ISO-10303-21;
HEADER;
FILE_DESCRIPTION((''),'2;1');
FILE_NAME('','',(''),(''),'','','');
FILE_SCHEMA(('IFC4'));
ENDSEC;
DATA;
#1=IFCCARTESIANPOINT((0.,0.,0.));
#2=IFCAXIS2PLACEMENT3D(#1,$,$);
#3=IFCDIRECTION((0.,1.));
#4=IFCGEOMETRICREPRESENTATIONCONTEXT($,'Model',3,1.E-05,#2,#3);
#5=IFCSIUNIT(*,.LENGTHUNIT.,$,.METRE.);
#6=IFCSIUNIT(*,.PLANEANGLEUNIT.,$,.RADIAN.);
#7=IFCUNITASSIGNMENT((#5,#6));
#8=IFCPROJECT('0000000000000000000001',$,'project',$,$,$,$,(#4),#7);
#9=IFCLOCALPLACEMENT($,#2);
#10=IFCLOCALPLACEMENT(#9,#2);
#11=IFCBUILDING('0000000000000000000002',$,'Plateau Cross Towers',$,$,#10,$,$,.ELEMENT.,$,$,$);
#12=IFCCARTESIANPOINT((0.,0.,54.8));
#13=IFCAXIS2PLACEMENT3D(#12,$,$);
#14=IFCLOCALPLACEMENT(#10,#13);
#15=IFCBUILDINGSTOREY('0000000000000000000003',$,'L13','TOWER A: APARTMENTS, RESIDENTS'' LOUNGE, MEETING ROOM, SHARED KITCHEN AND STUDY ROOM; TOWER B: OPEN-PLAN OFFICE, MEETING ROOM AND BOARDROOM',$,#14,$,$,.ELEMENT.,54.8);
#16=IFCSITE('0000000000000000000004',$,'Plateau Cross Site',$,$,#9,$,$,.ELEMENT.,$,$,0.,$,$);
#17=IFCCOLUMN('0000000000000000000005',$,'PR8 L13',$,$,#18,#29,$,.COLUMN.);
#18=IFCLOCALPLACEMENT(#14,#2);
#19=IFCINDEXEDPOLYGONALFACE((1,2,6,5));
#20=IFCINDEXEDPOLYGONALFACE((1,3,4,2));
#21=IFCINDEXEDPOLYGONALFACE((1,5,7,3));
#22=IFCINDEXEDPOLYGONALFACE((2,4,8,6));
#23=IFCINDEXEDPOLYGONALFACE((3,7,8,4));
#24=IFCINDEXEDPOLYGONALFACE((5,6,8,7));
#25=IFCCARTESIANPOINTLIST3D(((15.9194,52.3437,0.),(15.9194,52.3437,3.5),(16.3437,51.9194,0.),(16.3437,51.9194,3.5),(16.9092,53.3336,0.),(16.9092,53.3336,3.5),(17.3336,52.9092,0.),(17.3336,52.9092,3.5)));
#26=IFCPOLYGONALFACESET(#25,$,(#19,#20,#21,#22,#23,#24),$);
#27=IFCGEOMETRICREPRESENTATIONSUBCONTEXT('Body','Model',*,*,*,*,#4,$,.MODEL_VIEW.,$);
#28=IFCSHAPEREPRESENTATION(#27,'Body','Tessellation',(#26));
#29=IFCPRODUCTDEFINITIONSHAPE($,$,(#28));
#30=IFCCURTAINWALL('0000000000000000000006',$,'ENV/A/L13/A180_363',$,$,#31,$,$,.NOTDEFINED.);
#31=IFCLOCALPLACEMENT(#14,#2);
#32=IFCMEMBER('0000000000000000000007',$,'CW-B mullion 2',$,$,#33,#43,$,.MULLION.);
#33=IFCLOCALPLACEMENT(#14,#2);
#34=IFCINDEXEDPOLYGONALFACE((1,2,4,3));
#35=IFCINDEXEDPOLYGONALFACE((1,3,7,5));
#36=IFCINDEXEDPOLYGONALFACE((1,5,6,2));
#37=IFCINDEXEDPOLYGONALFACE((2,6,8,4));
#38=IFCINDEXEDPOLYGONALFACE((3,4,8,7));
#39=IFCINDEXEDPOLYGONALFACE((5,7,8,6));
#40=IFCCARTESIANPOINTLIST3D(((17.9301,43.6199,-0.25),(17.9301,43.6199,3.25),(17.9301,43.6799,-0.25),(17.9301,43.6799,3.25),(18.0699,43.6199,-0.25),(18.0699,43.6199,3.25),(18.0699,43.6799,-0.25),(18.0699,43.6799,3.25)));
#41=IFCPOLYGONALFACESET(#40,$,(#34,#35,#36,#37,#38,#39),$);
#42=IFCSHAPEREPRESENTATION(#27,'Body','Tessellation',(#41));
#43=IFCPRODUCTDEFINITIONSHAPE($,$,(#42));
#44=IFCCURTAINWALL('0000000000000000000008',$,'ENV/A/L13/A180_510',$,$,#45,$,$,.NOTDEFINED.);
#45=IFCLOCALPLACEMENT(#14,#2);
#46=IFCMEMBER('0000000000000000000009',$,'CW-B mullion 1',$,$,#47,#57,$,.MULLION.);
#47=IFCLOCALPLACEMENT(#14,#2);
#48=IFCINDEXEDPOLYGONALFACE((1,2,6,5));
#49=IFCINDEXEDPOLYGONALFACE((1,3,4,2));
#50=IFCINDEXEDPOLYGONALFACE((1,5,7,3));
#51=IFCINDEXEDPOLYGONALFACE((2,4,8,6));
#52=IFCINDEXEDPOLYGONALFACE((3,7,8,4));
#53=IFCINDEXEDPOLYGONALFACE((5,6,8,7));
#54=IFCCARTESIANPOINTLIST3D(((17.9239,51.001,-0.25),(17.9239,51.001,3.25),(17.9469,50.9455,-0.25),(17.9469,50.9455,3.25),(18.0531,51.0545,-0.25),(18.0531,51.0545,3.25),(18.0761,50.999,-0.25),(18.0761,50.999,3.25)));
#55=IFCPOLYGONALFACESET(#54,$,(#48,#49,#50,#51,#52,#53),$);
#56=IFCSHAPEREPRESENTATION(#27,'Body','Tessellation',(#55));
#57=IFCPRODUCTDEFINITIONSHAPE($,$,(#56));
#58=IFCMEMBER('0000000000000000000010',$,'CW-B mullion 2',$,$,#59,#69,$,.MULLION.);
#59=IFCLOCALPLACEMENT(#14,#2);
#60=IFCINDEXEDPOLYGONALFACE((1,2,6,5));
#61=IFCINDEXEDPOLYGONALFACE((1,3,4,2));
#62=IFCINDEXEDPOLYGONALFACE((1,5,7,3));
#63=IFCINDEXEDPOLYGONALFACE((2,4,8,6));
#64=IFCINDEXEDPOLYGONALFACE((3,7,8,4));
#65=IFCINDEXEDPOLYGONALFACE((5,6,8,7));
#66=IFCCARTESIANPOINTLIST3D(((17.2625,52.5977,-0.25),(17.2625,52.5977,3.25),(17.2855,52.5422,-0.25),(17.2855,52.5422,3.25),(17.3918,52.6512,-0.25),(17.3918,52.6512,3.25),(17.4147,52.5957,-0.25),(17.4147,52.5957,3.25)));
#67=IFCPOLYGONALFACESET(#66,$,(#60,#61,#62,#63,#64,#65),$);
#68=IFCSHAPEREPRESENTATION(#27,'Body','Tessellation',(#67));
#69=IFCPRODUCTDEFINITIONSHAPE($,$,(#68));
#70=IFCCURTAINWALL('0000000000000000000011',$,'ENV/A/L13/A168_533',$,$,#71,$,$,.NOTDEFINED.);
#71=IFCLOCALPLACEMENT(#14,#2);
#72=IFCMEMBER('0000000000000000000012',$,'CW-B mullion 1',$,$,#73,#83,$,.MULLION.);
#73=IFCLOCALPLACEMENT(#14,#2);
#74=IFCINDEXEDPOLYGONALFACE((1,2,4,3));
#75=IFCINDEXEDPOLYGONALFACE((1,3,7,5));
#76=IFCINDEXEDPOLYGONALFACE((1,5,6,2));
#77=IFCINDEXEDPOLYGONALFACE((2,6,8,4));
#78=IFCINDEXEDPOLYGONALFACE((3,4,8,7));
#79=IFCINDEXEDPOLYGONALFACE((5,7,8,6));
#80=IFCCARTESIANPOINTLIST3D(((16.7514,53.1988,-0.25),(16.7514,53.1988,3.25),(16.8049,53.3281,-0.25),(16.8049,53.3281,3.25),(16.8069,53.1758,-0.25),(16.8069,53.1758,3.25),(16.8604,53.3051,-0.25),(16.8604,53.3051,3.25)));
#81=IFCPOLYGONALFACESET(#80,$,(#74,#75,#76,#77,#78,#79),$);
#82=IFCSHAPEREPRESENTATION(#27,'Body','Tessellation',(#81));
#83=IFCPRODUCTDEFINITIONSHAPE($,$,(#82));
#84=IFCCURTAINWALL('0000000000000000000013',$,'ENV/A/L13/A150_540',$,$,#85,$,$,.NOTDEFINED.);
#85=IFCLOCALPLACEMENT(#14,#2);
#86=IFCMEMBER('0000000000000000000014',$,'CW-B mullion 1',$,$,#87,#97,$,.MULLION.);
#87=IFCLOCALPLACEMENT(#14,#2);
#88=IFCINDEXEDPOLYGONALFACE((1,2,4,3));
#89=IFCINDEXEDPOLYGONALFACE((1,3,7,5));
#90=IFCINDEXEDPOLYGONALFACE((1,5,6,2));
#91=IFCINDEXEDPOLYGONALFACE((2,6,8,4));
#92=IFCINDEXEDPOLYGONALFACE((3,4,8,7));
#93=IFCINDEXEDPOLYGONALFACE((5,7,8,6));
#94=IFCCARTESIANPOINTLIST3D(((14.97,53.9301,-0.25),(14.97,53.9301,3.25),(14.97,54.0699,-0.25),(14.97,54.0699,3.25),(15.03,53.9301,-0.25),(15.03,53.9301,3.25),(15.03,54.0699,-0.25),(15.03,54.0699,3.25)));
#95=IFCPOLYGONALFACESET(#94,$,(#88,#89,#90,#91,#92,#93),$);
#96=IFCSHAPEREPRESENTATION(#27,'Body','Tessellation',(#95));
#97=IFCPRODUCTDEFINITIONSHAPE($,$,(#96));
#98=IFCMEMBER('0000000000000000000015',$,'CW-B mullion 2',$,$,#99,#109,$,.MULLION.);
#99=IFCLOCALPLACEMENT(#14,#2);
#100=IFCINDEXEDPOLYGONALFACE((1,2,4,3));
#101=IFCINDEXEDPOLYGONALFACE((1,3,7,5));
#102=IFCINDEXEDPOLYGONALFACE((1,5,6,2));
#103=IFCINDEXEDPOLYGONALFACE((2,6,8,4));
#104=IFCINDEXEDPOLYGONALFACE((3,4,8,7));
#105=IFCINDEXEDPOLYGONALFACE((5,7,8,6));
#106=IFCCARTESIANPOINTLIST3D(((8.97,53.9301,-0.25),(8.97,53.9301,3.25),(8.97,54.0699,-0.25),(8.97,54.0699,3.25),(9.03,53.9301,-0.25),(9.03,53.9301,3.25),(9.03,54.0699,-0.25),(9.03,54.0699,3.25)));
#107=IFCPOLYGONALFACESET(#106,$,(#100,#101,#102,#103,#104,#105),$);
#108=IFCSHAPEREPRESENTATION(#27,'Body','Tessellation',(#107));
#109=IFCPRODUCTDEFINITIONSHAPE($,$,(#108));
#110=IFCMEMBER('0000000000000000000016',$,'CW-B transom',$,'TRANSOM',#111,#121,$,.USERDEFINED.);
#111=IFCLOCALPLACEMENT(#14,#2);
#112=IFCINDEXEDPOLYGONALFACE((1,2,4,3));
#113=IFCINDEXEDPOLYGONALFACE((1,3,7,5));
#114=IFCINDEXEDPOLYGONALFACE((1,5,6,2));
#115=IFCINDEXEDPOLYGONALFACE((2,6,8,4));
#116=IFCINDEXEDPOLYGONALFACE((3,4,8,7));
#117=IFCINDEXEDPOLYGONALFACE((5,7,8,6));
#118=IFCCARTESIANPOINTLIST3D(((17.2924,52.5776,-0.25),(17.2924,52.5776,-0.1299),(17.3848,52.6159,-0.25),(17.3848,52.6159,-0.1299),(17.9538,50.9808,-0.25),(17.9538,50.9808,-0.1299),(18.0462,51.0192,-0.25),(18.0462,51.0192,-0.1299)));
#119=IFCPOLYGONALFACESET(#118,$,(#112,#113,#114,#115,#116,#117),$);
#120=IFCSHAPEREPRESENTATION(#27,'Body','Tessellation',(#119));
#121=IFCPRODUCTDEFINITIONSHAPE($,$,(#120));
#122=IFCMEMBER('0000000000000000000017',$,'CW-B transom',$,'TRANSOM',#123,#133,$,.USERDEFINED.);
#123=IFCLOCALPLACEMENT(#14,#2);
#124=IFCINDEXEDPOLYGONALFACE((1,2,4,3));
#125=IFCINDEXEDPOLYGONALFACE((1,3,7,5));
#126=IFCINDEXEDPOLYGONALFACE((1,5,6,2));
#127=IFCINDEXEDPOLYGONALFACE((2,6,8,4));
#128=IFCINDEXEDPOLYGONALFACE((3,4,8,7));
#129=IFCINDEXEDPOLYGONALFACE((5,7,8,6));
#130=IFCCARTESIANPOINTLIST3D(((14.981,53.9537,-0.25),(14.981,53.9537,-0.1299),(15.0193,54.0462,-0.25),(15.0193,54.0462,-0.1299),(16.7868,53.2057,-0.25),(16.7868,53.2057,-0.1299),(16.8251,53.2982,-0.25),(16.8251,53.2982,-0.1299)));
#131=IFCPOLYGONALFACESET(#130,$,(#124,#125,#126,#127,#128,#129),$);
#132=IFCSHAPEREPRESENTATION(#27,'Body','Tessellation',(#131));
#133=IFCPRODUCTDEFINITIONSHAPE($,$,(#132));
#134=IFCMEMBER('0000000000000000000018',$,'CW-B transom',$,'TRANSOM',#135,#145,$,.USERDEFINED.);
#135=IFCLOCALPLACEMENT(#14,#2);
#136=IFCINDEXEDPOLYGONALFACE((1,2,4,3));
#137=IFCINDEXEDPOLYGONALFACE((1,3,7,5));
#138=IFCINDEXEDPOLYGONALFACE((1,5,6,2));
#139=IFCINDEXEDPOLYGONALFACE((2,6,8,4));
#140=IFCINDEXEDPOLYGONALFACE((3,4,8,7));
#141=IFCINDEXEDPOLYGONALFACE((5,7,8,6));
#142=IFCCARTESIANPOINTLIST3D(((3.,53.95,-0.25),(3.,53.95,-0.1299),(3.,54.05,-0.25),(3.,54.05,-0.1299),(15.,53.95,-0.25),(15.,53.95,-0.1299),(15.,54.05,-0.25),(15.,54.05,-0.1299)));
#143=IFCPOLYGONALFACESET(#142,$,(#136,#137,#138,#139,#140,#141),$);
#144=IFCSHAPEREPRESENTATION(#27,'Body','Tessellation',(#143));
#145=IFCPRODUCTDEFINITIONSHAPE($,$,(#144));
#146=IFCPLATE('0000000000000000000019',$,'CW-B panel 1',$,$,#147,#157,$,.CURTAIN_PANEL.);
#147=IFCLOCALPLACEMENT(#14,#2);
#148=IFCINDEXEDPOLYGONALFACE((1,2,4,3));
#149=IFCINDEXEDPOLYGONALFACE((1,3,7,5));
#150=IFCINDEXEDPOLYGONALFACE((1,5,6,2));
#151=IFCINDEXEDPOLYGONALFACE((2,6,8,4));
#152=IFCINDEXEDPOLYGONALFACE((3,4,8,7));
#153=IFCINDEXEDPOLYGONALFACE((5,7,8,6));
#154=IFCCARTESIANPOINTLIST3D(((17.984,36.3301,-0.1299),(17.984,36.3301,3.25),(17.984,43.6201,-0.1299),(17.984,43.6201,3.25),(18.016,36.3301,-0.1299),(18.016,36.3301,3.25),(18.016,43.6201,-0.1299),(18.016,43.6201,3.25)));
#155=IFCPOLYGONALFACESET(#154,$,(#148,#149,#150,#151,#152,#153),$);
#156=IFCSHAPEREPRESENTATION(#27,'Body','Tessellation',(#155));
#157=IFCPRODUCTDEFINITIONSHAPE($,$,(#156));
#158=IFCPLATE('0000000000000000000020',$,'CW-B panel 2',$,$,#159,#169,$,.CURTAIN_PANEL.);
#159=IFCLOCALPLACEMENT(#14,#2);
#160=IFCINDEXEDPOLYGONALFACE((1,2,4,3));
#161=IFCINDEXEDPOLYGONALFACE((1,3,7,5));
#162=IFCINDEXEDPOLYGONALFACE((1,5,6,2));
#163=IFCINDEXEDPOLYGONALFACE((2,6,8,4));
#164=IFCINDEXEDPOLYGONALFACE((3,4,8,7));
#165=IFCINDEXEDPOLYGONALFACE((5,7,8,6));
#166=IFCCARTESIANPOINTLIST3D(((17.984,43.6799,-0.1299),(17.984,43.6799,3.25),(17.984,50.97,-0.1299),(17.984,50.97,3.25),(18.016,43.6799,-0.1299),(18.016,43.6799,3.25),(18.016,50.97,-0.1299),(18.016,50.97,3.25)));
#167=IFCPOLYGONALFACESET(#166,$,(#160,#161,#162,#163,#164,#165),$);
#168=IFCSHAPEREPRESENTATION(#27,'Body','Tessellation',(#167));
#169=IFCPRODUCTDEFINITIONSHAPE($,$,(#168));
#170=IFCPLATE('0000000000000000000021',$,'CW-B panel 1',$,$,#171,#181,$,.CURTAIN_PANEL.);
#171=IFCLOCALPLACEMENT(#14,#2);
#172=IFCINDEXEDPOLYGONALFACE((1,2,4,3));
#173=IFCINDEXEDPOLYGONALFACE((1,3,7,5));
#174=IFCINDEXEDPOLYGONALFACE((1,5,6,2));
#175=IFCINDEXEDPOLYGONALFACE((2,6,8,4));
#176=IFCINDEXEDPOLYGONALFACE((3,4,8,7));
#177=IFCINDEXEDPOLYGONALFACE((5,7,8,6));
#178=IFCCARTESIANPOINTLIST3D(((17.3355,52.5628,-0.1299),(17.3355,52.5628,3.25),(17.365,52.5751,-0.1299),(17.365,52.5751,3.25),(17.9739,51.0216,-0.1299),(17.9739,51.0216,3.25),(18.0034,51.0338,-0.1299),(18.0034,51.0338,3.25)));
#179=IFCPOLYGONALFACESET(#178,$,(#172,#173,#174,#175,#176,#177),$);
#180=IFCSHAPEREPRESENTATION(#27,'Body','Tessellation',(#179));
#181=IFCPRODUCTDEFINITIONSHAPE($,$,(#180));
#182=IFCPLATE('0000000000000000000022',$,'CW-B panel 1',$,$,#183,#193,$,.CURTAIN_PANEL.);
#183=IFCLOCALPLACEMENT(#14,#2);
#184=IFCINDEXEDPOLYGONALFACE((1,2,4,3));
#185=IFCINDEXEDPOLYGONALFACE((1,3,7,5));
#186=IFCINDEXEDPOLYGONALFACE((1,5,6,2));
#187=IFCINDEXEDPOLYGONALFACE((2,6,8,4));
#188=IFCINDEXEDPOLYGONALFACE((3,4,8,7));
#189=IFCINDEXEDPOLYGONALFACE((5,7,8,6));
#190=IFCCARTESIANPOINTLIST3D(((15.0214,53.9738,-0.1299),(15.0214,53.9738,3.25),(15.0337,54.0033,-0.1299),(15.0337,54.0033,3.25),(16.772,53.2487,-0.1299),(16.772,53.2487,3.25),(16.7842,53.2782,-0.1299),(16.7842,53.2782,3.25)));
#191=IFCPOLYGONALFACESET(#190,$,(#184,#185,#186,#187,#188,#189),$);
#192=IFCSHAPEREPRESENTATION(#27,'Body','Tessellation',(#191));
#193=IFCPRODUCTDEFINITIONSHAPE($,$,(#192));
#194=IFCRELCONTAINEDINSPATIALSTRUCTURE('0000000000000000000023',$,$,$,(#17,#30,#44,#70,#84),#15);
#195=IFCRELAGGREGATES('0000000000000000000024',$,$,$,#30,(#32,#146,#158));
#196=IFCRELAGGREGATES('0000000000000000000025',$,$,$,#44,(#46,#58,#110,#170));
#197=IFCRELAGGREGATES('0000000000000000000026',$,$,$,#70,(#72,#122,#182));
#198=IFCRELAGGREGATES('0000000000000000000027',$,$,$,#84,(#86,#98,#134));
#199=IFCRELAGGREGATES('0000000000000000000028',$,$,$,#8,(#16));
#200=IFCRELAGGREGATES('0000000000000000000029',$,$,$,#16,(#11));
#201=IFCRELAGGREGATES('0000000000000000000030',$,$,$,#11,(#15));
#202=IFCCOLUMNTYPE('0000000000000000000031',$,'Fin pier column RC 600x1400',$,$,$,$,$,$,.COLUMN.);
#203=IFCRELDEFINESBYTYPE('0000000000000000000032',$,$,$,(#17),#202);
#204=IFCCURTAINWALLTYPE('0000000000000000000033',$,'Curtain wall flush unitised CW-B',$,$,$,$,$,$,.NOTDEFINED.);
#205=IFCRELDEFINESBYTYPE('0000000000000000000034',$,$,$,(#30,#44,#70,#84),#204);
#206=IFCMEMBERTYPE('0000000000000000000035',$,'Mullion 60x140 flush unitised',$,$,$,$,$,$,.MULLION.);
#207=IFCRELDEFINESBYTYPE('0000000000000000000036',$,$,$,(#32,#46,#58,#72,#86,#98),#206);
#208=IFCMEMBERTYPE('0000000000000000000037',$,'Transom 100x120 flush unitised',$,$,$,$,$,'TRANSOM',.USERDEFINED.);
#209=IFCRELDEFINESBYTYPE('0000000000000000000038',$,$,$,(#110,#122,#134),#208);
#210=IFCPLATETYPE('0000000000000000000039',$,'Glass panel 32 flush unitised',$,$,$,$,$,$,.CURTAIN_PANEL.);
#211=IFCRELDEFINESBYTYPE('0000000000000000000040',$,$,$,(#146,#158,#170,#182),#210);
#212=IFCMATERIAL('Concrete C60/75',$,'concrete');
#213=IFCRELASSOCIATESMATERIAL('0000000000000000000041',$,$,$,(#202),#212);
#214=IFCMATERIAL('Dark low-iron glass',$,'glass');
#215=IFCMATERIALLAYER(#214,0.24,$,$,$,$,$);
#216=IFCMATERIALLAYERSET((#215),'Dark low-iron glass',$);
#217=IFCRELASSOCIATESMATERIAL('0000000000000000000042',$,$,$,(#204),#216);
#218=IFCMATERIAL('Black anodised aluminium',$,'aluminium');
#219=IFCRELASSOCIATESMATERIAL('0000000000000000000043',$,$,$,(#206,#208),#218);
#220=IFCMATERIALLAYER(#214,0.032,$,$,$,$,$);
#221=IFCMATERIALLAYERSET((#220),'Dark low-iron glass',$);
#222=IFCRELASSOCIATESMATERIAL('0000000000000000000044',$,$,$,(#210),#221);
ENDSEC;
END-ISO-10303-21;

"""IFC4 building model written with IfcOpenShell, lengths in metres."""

from ifc_helpers import new_model, si_unit, direction, frame, origin, origin_2d, place, context, subcontext, project, spatial, rectangle, extrude, material, layer, layer_set, material_profile, profile_set, type_object, element, aggregate, save


model = new_model("IFC4")

# Units and contexts
model_context = context("Model", 3, precision=1e-05, world=origin(), true_north=direction((0.0, 1.0)))
body_context = subcontext(model_context, "Body", "Model", "MODEL_VIEW")
ifc_project = project(units=[si_unit("LENGTHUNIT", "METRE"), si_unit("PLANEANGLEUNIT", "RADIAN")], contexts=[model_context])

# Site, building, storey
site_placement = place(None, origin())
site = spatial("IfcSite", under=ifc_project, at=site_placement, Name="Plateau Cross Site", CompositionType="ELEMENT", RefElevation=0.0)
building_placement = place(site_placement, origin())
building = spatial("IfcBuilding", under=site, at=building_placement, Name="Plateau Cross Towers", CompositionType="ELEMENT")
storey_placement = place(building_placement, frame((0.0, 0.0, 54.8)))
storey = spatial("IfcBuildingStorey", under=building, at=storey_placement, Name="L13", Description="TOWER A: APARTMENTS, RESIDENTS' LOUNGE, MEETING ROOM, SHARED KITCHEN AND STUDY ROOM; TOWER B: OPEN-PLAN OFFICE, MEETING ROOM AND BOARDROOM", CompositionType="ELEMENT", Elevation=54.8)

# Column
ifc_material_1 = material(Name="Concrete C60/75", Category="concrete")
ifc_material_profile_1 = material_profile(ifc_material_1, rectangle(XDim=0.6001, YDim=1.3999, at=origin_2d()), Name="RC 600x1400")
ifc_profile_set_1 = profile_set([ifc_material_profile_1], Name="Concrete C60/75")
column_type = type_object("IfcColumnType", Name="Fin pier column RC 600x1400", PredefinedType="COLUMN", material=ifc_profile_set_1)
column_placement = place(storey_placement, frame((16.6265, 52.6265, 0.0), z_axis=(0.0, 0.0, 1.0), x_axis=(-0.707107, 0.707107, 0.0)))
element("IfcColumn", 1, at=column_placement, inside=storey, type_object=column_type, Name="PR8 L13", PredefinedType="COLUMN", context=body_context, shape_type="SweptSolid", body=[
    extrude(rectangle(XDim=0.6001, YDim=1.3999, at=origin_2d()), origin(), (0.0, 0.0, 1.0), 3.5),
])

# Curtain wall, member
ifc_material_2 = material(Name="Dark low-iron glass", Category="glass")
ifc_layer_1 = layer(ifc_material_2, 0.24)
ifc_layer_set_1 = layer_set([ifc_layer_1], Name="Dark low-iron glass")
curtain_wall_type = type_object("IfcCurtainWallType", Name="Curtain wall flush unitised CW-B", PredefinedType="NOTDEFINED", material=ifc_layer_set_1)
curtain_wall_1_placement = place(storey_placement, origin())
curtain_wall_1 = element("IfcCurtainWall", 2, at=curtain_wall_1_placement, inside=storey, type_object=curtain_wall_type, Name="ENV/A/L13/A180_363", PredefinedType="NOTDEFINED")
ifc_material_3 = material(Name="Black anodised aluminium", Category="aluminium")
ifc_material_profile_2 = material_profile(ifc_material_3, rectangle(XDim=0.0601, YDim=0.1399, at=origin_2d()), Name="MULLION 60x140")
ifc_profile_set_2 = profile_set([ifc_material_profile_2], Name="Black anodised aluminium")
member_type_1 = type_object("IfcMemberType", Name="Mullion 60x140 flush unitised", PredefinedType="MULLION", material=ifc_profile_set_2)
member_1_placement = place(storey_placement, frame((18.0, 43.6499, -0.25), z_axis=(0.0, 0.0, 1.0), x_axis=(0.0, 1.0, 0.0)))
member_1 = element("IfcMember", 3, at=member_1_placement, type_object=member_type_1, Name="CW-B mullion 2", PredefinedType="MULLION", context=body_context, shape_type="SweptSolid", body=[
    extrude(rectangle(XDim=0.0601, YDim=0.1399, at=origin_2d()), origin(), (0.0, 0.0, 1.0), 3.5),
])

# Curtain wall, members
curtain_wall_2_placement = place(storey_placement, origin())
curtain_wall_2 = element("IfcCurtainWall", 4, at=curtain_wall_2_placement, inside=storey, type_object=curtain_wall_type, Name="ENV/A/L13/A180_510", PredefinedType="NOTDEFINED")
member_2_placement = place(storey_placement, frame((18.0, 51.0, -0.25), z_axis=(0.0, 0.0, 1.0), x_axis=(-0.382684, 0.923879, 0.0)))
member_2 = element("IfcMember", 5, at=member_2_placement, type_object=member_type_1, Name="CW-B mullion 1", PredefinedType="MULLION", context=body_context, shape_type="SweptSolid", body=[
    extrude(rectangle(XDim=0.0601, YDim=0.1399, at=origin_2d()), origin(), (0.0, 0.0, 1.0), 3.5),
])
member_3_placement = place(storey_placement, frame((17.3386, 52.5967, -0.25), z_axis=(0.0, 0.0, 1.0), x_axis=(-0.382684, 0.923879, 0.0)))
member_3 = element("IfcMember", 6, at=member_3_placement, type_object=member_type_1, Name="CW-B mullion 2", PredefinedType="MULLION", context=body_context, shape_type="SweptSolid", body=[
    extrude(rectangle(XDim=0.0601, YDim=0.1399, at=origin_2d()), origin(), (0.0, 0.0, 1.0), 3.5),
])

# Curtain wall, member
curtain_wall_3_placement = place(storey_placement, origin())
curtain_wall_3 = element("IfcCurtainWall", 7, at=curtain_wall_3_placement, inside=storey, type_object=curtain_wall_type, Name="ENV/A/L13/A168_533", PredefinedType="NOTDEFINED")
member_4_placement = place(storey_placement, frame((16.8059, 53.252, -0.25), z_axis=(0.0, 0.0, 1.0), x_axis=(-0.923879, 0.382684, 0.0)))
member_4 = element("IfcMember", 8, at=member_4_placement, type_object=member_type_1, Name="CW-B mullion 1", PredefinedType="MULLION", context=body_context, shape_type="SweptSolid", body=[
    extrude(rectangle(XDim=0.0601, YDim=0.1399, at=origin_2d()), origin(), (0.0, 0.0, 1.0), 3.5),
])

# Curtain wall, members
curtain_wall_4_placement = place(storey_placement, origin())
curtain_wall_4 = element("IfcCurtainWall", 9, at=curtain_wall_4_placement, inside=storey, type_object=curtain_wall_type, Name="ENV/A/L13/A150_540", PredefinedType="NOTDEFINED")
member_5_placement = place(storey_placement, frame((15.0, 54.0, -0.25), z_axis=(0.0, 0.0, 1.0), x_axis=(-1.0, 0.0, 0.0)))
member_5 = element("IfcMember", 10, at=member_5_placement, type_object=member_type_1, Name="CW-B mullion 1", PredefinedType="MULLION", context=body_context, shape_type="SweptSolid", body=[
    extrude(rectangle(XDim=0.0601, YDim=0.1399, at=origin_2d()), origin(), (0.0, 0.0, 1.0), 3.5),
])
member_6_placement = place(storey_placement, frame((9.0, 54.0, -0.25), z_axis=(0.0, 0.0, 1.0), x_axis=(-1.0, 0.0, 0.0)))
member_6 = element("IfcMember", 11, at=member_6_placement, type_object=member_type_1, Name="CW-B mullion 2", PredefinedType="MULLION", context=body_context, shape_type="SweptSolid", body=[
    extrude(rectangle(XDim=0.0601, YDim=0.1399, at=origin_2d()), origin(), (0.0, 0.0, 1.0), 3.5),
])

# Members
ifc_material_profile_3 = material_profile(ifc_material_3, rectangle(XDim=0.1001, YDim=0.1201, at=origin_2d()), Name="TRANSOM 100x120")
ifc_profile_set_3 = profile_set([ifc_material_profile_3], Name="Black anodised aluminium")
member_type_2 = type_object("IfcMemberType", Name="Transom 100x120 flush unitised", ElementType="TRANSOM", PredefinedType="USERDEFINED", material=ifc_profile_set_3)
member_7_placement = place(storey_placement, frame((18.0, 51.0, -0.1899), z_axis=(-0.382689, 0.923877, 0.0), x_axis=(-0.923877, -0.382689, 0.0)))
member_7 = element("IfcMember", 12, at=member_7_placement, type_object=member_type_2, Name="CW-B transom", ObjectType="TRANSOM", PredefinedType="USERDEFINED", context=body_context, shape_type="SweptSolid", body=[
    extrude(rectangle(XDim=0.1001, YDim=0.1201, at=origin_2d()), origin(), (0.0, 0.0, 1.0), 1.7283),
])
member_8_placement = place(storey_placement, frame((16.8059, 53.252, -0.1899), z_axis=(-0.923877, 0.38269, 0.0), x_axis=(-0.38269, -0.923877, 0.0)))
member_8 = element("IfcMember", 13, at=member_8_placement, type_object=member_type_2, Name="CW-B transom", ObjectType="TRANSOM", PredefinedType="USERDEFINED", context=body_context, shape_type="SweptSolid", body=[
    extrude(rectangle(XDim=0.1001, YDim=0.1201, at=origin_2d()), origin(), (0.0, 0.0, 1.0), 1.9546),
])
member_9_placement = place(storey_placement, frame((15.0, 54.0, -0.1899), z_axis=(-1.0, 0.0, 0.0), x_axis=(0.0, -1.0, 0.0)))
member_9 = element("IfcMember", 14, at=member_9_placement, type_object=member_type_2, Name="CW-B transom", ObjectType="TRANSOM", PredefinedType="USERDEFINED", context=body_context, shape_type="SweptSolid", body=[
    extrude(rectangle(XDim=0.1001, YDim=0.1201, at=origin_2d()), origin(), (0.0, 0.0, 1.0), 12.0),
])

# Plates
ifc_layer_2 = layer(ifc_material_2, 0.032)
ifc_layer_set_2 = layer_set([ifc_layer_2], Name="Dark low-iron glass")
plate_type = type_object("IfcPlateType", Name="Glass panel 32 flush unitised", PredefinedType="CURTAIN_PANEL", material=ifc_layer_set_2)
plate_1_placement = place(storey_placement, frame((18.0, 39.9751, -0.1299), z_axis=(0.0, 0.0, 1.0), x_axis=(0.0, 1.0, 0.0)))
plate_1 = element("IfcPlate", 15, at=plate_1_placement, type_object=plate_type, Name="CW-B panel 1", PredefinedType="CURTAIN_PANEL", context=body_context, shape_type="SweptSolid", body=[
    extrude(rectangle(XDim=7.29, YDim=0.032, at=origin_2d()), origin(), (0.0, 0.0, 1.0), 3.3799),
])
plate_2_placement = place(storey_placement, frame((18.0, 47.325, -0.1299), z_axis=(0.0, 0.0, 1.0), x_axis=(0.0, 1.0, 0.0)))
plate_2 = element("IfcPlate", 16, at=plate_2_placement, type_object=plate_type, Name="CW-B panel 2", PredefinedType="CURTAIN_PANEL", context=body_context, shape_type="SweptSolid", body=[
    extrude(rectangle(XDim=7.29, YDim=0.032, at=origin_2d()), origin(), (0.0, 0.0, 1.0), 3.3799),
])
aggregate(curtain_wall_1, [member_1, plate_1, plate_2])
plate_3_placement = place(storey_placement, frame((17.6694, 51.7983, -0.1299), z_axis=(0.0, 0.0, 1.0), x_axis=(-0.382684, 0.923879, 0.0)))
plate_3 = element("IfcPlate", 17, at=plate_3_placement, type_object=plate_type, Name="CW-B panel 1", PredefinedType="CURTAIN_PANEL", context=body_context, shape_type="SweptSolid", body=[
    extrude(rectangle(XDim=1.6682, YDim=0.032, at=origin_2d()), origin(), (0.0, 0.0, 1.0), 3.3799),
])
aggregate(curtain_wall_2, [member_2, member_3, member_7, plate_3])
plate_4_placement = place(storey_placement, frame((15.9028, 53.626, -0.1299), z_axis=(0.0, 0.0, 1.0), x_axis=(-0.923879, 0.382684, 0.0)))
plate_4 = element("IfcPlate", 18, at=plate_4_placement, type_object=plate_type, Name="CW-B panel 1", PredefinedType="CURTAIN_PANEL", context=body_context, shape_type="SweptSolid", body=[
    extrude(rectangle(XDim=1.8948, YDim=0.032, at=origin_2d()), origin(), (0.0, 0.0, 1.0), 3.3799),
])
aggregate(curtain_wall_3, [member_4, member_8, plate_4])
aggregate(curtain_wall_4, [member_5, member_6, member_9])

save(model, "model.ifc")
